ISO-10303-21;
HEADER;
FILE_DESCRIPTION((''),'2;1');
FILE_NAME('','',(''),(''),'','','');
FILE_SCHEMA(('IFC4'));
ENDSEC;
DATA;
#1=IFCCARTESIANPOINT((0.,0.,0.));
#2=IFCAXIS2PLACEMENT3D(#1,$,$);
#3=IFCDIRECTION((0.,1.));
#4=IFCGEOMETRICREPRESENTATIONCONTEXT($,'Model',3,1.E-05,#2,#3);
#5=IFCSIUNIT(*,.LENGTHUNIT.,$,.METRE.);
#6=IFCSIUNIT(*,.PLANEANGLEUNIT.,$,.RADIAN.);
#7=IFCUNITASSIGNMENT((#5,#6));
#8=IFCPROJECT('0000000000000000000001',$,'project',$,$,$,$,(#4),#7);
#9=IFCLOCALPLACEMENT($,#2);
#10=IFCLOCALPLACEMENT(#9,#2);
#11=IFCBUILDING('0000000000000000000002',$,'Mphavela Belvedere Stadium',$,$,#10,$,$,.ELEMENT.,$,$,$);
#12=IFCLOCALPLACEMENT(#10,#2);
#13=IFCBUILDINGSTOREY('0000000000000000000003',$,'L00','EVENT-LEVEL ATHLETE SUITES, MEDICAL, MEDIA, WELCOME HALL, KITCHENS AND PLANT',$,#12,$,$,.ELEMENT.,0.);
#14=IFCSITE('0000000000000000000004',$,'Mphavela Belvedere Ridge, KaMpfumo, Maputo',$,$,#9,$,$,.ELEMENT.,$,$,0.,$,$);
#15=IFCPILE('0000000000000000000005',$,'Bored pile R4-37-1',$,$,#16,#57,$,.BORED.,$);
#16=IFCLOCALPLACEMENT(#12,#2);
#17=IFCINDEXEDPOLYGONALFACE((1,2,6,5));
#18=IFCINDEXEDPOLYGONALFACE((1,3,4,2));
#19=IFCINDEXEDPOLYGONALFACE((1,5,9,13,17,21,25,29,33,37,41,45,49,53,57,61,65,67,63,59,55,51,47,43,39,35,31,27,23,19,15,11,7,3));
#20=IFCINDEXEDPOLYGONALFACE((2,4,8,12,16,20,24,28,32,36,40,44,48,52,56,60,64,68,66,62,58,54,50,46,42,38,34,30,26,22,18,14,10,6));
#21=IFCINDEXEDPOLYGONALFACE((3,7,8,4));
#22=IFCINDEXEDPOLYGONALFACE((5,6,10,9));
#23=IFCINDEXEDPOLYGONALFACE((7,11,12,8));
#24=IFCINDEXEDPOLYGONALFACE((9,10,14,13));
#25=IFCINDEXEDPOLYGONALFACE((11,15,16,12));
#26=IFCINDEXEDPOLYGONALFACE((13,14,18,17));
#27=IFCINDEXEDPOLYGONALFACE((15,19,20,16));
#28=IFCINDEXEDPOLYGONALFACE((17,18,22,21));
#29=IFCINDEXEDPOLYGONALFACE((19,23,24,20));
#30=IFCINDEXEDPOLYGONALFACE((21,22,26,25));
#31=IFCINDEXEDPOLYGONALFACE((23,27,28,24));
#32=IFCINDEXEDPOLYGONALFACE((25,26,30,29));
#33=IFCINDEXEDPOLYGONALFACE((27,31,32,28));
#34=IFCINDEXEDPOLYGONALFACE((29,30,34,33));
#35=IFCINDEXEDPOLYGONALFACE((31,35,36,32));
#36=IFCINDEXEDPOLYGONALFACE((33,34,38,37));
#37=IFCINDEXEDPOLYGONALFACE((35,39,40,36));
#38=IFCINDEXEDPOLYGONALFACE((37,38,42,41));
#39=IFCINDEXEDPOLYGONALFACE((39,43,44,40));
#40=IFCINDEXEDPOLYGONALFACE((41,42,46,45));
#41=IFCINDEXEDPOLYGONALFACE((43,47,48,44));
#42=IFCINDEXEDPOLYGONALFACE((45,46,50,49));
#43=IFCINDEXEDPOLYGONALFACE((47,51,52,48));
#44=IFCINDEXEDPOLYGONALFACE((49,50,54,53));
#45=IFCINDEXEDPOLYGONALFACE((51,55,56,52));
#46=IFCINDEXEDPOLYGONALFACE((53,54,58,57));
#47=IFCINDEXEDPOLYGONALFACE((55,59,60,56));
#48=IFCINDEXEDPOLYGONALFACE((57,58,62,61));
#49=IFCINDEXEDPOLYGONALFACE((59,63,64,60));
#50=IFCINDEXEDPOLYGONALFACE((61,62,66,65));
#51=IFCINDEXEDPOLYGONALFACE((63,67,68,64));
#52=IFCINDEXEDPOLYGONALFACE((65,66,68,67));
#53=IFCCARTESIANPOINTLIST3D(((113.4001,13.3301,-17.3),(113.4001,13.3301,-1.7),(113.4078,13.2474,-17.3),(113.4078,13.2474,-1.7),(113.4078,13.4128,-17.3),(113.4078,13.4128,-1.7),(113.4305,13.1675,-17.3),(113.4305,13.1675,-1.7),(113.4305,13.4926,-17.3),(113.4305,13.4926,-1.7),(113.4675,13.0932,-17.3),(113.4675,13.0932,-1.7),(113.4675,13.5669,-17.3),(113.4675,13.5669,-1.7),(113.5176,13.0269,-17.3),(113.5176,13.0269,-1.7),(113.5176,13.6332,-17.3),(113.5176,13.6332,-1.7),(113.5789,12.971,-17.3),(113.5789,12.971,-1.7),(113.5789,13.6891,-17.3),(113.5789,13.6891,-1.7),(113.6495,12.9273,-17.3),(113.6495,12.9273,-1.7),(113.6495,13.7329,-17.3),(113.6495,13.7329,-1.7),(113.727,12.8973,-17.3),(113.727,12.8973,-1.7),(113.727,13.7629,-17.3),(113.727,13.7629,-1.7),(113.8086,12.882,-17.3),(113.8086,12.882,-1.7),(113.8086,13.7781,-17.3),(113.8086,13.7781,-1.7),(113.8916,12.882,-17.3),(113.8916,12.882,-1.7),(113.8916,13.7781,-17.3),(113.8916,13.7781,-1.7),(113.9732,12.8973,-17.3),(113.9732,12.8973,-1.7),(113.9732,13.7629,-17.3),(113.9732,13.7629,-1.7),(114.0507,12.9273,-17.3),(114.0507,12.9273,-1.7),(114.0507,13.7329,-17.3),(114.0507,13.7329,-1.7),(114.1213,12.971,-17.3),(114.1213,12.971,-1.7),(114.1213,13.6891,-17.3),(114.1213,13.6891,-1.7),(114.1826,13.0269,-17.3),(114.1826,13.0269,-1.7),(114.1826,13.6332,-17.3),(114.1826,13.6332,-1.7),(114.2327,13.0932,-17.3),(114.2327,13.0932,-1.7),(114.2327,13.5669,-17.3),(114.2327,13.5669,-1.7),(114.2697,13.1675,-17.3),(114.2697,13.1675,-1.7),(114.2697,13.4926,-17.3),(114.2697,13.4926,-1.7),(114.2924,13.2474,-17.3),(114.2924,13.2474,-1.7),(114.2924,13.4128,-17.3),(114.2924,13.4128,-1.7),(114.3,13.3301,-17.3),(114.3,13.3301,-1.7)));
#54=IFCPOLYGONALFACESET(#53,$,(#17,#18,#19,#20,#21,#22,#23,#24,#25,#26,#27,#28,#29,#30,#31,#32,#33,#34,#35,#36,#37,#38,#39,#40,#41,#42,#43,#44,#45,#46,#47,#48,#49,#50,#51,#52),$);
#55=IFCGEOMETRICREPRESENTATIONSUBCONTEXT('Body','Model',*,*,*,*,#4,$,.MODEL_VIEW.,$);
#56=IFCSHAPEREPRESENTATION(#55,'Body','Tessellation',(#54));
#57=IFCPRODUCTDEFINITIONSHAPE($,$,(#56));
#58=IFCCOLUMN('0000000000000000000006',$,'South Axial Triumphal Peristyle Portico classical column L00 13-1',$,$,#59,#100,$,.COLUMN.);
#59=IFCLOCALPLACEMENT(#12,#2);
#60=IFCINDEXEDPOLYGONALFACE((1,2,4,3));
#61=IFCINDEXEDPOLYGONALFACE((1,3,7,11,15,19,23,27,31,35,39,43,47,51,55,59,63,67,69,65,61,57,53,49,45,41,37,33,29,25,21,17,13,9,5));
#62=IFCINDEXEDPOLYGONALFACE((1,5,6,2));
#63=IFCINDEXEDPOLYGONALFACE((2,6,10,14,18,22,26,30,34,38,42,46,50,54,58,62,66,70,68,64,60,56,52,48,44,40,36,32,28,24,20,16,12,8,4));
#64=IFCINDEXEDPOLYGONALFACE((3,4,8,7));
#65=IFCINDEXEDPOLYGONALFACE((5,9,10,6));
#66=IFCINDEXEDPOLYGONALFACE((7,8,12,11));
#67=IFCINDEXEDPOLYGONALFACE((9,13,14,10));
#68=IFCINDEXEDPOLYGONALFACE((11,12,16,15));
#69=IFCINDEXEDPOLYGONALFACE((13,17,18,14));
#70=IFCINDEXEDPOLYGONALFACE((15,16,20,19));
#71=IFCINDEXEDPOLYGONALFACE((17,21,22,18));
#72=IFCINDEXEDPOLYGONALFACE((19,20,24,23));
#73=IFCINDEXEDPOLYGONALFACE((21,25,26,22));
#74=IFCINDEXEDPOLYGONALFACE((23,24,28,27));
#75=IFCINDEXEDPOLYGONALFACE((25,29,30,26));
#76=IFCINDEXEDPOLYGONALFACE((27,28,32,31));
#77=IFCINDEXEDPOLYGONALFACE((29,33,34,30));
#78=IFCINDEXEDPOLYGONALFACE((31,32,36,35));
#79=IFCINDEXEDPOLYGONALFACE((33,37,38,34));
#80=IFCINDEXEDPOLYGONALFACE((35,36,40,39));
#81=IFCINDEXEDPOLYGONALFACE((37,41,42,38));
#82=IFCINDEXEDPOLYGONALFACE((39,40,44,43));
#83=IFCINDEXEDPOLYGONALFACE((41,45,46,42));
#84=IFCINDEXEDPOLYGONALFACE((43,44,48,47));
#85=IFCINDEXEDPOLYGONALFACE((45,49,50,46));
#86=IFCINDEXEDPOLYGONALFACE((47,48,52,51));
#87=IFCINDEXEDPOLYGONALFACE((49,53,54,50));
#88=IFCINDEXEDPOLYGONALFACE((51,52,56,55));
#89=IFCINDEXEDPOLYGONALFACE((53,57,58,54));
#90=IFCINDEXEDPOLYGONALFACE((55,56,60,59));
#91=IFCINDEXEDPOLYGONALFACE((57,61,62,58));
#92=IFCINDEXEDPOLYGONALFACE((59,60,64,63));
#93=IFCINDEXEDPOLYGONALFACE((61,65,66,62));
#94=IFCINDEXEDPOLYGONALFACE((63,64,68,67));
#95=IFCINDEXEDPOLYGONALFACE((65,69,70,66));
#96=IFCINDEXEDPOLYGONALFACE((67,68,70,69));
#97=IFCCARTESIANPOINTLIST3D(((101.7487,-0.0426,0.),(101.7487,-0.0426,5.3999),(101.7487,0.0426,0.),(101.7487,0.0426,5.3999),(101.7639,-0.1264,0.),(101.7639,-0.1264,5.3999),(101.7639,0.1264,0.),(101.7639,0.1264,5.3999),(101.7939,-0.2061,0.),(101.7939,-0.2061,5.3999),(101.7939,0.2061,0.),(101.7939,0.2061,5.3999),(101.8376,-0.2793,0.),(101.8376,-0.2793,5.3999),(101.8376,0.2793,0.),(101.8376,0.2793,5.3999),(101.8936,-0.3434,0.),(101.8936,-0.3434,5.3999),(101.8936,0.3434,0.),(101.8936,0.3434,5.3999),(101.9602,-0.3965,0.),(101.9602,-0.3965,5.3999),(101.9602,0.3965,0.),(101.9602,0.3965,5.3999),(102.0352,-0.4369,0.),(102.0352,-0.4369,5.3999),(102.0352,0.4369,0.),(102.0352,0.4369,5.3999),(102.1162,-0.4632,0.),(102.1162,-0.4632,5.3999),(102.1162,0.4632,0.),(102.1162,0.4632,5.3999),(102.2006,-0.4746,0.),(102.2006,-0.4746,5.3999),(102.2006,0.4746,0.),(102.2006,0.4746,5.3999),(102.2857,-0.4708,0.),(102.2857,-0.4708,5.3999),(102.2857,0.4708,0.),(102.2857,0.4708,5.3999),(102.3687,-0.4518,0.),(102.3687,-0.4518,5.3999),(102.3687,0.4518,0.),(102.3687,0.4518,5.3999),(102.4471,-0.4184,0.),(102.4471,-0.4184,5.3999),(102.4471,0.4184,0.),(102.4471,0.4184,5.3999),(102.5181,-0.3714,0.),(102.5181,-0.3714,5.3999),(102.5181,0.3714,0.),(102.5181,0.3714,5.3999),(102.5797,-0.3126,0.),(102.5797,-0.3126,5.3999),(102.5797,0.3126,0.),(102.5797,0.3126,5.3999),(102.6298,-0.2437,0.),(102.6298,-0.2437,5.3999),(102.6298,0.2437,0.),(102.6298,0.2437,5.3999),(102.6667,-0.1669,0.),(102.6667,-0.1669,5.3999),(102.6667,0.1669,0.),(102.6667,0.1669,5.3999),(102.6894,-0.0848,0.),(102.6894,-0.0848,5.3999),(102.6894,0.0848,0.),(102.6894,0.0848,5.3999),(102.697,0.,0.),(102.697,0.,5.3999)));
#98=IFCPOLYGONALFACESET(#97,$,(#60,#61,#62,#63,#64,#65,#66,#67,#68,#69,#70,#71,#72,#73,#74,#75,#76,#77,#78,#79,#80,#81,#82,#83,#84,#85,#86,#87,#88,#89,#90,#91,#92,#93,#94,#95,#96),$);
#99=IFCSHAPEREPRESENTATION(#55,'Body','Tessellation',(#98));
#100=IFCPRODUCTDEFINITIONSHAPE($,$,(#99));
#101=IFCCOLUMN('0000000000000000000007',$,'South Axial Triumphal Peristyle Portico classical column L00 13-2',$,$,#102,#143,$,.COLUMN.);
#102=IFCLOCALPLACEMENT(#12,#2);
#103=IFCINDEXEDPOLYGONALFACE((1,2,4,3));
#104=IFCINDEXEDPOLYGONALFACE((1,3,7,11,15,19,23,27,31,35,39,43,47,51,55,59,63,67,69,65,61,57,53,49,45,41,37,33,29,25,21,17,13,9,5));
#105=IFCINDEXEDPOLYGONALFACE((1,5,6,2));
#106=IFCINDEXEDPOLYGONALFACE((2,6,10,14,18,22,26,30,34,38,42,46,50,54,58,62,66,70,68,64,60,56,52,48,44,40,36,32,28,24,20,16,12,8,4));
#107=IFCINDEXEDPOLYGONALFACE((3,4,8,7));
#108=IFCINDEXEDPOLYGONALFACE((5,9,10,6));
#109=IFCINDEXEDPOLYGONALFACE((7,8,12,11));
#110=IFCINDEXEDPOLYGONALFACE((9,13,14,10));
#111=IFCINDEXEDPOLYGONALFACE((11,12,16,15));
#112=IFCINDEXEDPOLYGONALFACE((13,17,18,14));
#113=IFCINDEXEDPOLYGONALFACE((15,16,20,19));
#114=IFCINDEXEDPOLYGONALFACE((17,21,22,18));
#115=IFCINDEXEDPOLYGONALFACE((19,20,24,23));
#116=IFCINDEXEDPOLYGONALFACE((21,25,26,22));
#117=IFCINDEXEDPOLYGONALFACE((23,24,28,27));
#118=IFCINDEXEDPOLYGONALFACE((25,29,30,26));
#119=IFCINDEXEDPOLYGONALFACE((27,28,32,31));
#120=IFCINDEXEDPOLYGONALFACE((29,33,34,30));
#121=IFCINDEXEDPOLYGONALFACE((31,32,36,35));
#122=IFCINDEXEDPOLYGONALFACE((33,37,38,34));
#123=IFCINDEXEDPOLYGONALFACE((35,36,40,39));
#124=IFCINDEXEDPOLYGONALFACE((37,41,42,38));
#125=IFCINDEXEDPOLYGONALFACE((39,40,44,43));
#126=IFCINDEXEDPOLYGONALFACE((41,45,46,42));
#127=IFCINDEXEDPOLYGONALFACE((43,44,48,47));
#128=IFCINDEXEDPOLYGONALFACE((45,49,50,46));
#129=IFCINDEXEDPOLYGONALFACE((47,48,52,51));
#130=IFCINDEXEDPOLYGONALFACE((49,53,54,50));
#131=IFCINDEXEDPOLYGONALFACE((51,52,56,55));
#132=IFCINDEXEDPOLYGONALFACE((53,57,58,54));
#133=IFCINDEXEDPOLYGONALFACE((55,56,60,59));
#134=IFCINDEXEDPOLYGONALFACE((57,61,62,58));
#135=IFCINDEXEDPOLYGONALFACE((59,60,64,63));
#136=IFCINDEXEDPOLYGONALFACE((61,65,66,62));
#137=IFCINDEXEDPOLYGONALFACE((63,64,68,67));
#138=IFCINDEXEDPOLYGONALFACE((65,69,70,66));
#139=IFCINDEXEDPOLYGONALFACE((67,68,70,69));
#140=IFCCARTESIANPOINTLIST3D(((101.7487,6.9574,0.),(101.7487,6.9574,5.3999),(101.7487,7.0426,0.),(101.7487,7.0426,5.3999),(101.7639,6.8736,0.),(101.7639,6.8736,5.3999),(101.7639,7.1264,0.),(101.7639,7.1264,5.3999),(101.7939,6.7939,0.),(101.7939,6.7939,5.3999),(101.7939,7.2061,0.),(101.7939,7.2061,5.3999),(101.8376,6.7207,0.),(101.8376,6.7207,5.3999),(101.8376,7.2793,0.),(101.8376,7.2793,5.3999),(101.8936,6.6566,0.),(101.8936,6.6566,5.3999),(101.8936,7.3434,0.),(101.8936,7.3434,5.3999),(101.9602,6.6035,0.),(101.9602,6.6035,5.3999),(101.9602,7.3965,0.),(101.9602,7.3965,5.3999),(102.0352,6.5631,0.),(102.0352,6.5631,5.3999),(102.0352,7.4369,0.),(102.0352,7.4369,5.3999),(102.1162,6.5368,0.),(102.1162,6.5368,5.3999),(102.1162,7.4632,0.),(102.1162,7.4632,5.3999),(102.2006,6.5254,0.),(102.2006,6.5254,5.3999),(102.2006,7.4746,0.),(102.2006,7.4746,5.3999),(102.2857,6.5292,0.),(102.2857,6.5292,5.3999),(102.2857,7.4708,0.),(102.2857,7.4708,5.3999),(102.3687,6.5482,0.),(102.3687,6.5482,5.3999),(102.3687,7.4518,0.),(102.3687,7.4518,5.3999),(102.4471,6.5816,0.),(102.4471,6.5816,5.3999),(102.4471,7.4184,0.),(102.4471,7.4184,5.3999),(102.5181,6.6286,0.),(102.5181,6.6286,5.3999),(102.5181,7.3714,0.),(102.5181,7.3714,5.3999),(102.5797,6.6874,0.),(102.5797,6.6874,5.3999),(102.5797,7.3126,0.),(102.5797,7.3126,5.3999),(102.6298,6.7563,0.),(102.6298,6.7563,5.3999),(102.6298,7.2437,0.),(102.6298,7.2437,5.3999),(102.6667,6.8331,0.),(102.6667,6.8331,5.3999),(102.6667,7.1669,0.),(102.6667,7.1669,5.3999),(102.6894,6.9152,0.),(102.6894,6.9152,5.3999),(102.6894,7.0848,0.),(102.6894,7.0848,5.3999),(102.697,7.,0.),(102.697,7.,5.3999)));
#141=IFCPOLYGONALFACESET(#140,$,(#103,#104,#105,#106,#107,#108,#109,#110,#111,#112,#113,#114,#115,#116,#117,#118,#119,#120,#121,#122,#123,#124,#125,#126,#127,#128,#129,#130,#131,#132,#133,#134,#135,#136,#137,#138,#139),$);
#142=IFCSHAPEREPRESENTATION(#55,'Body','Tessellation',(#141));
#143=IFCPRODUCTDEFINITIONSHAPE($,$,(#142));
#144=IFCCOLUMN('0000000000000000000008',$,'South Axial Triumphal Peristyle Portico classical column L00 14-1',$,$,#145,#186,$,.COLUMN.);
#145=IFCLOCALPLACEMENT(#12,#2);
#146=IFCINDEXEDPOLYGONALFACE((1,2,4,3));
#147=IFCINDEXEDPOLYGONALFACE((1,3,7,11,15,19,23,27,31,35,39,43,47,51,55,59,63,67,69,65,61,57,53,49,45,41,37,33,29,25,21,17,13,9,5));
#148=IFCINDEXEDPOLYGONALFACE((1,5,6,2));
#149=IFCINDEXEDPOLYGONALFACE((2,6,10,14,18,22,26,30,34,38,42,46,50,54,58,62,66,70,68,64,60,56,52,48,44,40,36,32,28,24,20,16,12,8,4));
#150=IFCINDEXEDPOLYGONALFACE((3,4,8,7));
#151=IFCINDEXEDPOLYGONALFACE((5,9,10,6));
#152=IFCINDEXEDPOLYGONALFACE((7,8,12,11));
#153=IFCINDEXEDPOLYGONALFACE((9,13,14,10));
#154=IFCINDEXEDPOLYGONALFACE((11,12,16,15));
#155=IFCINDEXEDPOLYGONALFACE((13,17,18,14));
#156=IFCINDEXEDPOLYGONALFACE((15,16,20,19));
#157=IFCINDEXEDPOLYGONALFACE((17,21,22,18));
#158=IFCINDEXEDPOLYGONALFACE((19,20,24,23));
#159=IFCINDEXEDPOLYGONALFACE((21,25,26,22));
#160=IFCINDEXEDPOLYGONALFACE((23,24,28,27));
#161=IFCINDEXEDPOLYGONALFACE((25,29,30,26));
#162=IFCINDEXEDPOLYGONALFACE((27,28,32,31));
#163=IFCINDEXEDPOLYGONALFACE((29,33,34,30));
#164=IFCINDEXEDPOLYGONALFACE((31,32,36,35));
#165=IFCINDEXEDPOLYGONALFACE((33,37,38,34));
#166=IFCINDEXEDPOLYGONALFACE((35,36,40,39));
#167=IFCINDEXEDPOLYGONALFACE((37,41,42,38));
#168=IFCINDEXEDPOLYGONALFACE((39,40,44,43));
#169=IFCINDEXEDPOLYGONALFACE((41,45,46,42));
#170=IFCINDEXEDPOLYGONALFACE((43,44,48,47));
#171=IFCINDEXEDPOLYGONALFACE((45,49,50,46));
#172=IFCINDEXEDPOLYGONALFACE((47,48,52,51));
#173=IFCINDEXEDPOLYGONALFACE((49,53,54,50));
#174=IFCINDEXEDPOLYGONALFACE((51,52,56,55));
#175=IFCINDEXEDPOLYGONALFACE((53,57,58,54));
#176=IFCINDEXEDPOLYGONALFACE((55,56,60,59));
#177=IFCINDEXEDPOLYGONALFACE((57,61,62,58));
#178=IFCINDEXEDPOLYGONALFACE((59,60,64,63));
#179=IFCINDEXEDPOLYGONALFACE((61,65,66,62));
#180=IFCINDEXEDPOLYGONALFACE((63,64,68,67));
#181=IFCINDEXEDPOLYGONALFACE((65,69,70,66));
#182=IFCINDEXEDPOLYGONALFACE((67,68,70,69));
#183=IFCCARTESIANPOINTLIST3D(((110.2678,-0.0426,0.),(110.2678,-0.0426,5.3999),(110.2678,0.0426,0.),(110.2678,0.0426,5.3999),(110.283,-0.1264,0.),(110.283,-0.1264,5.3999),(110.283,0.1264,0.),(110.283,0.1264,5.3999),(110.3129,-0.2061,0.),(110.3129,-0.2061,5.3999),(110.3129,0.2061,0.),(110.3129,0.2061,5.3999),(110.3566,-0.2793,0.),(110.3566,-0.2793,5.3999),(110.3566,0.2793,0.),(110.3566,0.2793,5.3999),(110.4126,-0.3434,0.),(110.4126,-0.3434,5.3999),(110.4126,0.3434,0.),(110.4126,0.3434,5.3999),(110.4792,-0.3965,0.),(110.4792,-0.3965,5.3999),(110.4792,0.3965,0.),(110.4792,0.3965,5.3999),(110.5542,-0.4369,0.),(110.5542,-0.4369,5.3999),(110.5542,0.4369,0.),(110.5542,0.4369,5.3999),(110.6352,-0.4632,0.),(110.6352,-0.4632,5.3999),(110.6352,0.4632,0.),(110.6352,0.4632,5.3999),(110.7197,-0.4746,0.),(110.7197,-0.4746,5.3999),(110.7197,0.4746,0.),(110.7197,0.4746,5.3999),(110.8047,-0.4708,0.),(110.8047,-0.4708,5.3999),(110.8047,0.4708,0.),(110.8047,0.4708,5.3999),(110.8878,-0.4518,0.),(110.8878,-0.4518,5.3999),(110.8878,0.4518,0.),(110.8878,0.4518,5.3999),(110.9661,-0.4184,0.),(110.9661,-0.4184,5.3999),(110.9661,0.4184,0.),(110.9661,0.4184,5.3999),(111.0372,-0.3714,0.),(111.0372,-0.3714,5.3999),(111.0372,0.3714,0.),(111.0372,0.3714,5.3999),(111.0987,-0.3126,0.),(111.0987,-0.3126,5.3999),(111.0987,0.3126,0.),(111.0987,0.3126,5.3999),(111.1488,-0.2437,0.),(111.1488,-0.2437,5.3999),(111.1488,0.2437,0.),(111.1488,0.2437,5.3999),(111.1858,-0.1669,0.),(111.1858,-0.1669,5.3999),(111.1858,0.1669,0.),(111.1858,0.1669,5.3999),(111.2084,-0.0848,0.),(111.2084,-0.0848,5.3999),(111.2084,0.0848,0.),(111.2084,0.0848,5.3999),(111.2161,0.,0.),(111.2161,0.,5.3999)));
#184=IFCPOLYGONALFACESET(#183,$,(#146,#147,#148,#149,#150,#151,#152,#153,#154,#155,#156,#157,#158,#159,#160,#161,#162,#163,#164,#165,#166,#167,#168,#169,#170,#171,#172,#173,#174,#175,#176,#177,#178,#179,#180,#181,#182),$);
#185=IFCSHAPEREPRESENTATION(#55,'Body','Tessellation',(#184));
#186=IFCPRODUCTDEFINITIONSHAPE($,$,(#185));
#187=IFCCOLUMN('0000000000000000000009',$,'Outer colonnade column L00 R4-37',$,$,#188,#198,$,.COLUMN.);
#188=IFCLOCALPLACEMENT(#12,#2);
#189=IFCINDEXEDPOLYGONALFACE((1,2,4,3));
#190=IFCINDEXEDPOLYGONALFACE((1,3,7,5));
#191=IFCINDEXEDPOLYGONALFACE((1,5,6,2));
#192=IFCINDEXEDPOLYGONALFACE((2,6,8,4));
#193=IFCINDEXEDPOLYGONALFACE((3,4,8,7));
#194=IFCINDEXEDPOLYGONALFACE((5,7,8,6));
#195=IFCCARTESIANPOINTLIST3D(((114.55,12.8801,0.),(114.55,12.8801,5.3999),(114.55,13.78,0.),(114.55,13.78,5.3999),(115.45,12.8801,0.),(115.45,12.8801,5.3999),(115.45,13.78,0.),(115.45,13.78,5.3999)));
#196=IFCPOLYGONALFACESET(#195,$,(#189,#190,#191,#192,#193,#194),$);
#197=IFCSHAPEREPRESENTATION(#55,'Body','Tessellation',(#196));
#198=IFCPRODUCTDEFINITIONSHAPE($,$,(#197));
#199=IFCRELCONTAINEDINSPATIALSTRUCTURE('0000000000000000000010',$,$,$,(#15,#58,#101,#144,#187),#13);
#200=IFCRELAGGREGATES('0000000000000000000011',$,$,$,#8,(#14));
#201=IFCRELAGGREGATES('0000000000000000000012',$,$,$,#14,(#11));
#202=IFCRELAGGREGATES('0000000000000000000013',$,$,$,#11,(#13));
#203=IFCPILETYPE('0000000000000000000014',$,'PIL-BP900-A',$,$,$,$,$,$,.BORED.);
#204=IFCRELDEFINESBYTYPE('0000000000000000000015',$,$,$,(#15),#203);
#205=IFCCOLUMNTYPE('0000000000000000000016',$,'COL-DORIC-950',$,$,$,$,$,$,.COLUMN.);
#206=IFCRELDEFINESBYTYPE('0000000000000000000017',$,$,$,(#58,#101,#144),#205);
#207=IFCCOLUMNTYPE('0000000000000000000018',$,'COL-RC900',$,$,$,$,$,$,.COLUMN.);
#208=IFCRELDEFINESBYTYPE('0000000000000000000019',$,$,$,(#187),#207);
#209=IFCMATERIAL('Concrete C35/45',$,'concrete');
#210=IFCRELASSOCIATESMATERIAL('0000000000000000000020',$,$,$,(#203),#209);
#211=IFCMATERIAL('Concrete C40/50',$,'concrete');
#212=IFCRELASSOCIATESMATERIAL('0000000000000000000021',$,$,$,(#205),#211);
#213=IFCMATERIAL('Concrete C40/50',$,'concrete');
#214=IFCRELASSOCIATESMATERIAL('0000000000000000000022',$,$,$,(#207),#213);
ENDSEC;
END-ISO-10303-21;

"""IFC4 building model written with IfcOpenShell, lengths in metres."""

from ifc_helpers import new_model, si_unit, direction, frame, origin, origin_2d, place, context, subcontext, project, spatial, rectangle, circle, extrude, material, material_profile, profile_set, type_object, element, save


model = new_model("IFC4")

# Units and contexts
model_context = context("Model", 3, precision=1e-05, world=origin(), true_north=direction((0.0, 1.0)))
body_context = subcontext(model_context, "Body", "Model", "MODEL_VIEW")
ifc_project = project(units=[si_unit("LENGTHUNIT", "METRE"), si_unit("PLANEANGLEUNIT", "RADIAN")], contexts=[model_context])

# Site, building, storey
site_placement = place(None, origin())
site = spatial("IfcSite", under=ifc_project, at=site_placement, Name="Mphavela Belvedere Ridge, KaMpfumo, Maputo", CompositionType="ELEMENT", RefElevation=0.0)
building_placement = place(site_placement, origin())
building = spatial("IfcBuilding", under=site, at=building_placement, Name="Mphavela Belvedere Stadium", CompositionType="ELEMENT")
storey_placement = place(building_placement, origin())
storey = spatial("IfcBuildingStorey", under=building, at=storey_placement, Name="L00", Description="EVENT-LEVEL ATHLETE SUITES, MEDICAL, MEDIA, WELCOME HALL, KITCHENS AND PLANT", CompositionType="ELEMENT", Elevation=0.0)

# Pile
ifc_material_1 = material(Name="Concrete C35/45", Category="concrete")
ifc_material_profile_1 = material_profile(ifc_material_1, circle(Radius=0.45, at=origin_2d()), Name="BP D900")
ifc_profile_set_1 = profile_set([ifc_material_profile_1], Name="Concrete C35/45")
pile_type_1 = type_object("IfcPileType", Name="PIL-BP900-A", PredefinedType="BORED", material=ifc_profile_set_1)
pile_placement = place(storey_placement, frame((113.8501, 13.3301, -1.7), z_axis=(0.0, 0.0, -1.0), x_axis=(1.0, 0.0, 0.0)))
element("IfcPile", 1, at=pile_placement, inside=storey, type_object=pile_type_1, Name="Bored pile R4-37-1", PredefinedType="BORED", context=body_context, shape_type="SweptSolid", body=[
    extrude(circle(Radius=0.45, at=origin_2d()), origin(), (0.0, 0.0, 1.0), 15.6001),
])

# Columns
ifc_material_2 = material(Name="Concrete C40/50", Category="concrete")
ifc_material_profile_2 = material_profile(ifc_material_2, circle(Radius=0.4751, at=origin_2d()), Name="COL D950")
ifc_profile_set_2 = profile_set([ifc_material_profile_2], Name="Concrete C40/50")
column_type_1 = type_object("IfcColumnType", Name="COL-DORIC-950", PredefinedType="COLUMN", material=ifc_profile_set_2)
for number, where, z_axis, x_axis, name in (
    (2, (102.2219, 0.0, 0.0), (0.0, 0.0, 1.0), (1.0, 0.0, 0.0), "South Axial Triumphal Peristyle Portico classical column L00 13-1"),
    (3, (102.2219, 7.0, 0.0), (0.0, 0.0, 1.0), (1.0, 0.0, 0.0), "South Axial Triumphal Peristyle Portico classical column L00 13-2"),
    (4, (110.741, 0.0, 0.0), (0.0, 0.0, 1.0), (1.0, 0.0, 0.0), "South Axial Triumphal Peristyle Portico classical column L00 14-1"),
):
    element("IfcColumn", number, at=place(storey_placement, frame(where, z_axis=z_axis, x_axis=x_axis)), inside=storey, type_object=column_type_1, Name=name, PredefinedType="COLUMN", context=body_context, shape_type="SweptSolid", body=[
        extrude(circle(Radius=0.4751, at=origin_2d()), origin(), (0.0, 0.0, 1.0), 5.3999),
    ])
ifc_material_3 = material(Name="Concrete C40/50", Category="concrete")
ifc_material_profile_3 = material_profile(ifc_material_3, rectangle(XDim=0.8999, YDim=0.8999, at=origin_2d()), Name="RC 900x900")
ifc_profile_set_3 = profile_set([ifc_material_profile_3], Name="Concrete C40/50")
column_type_2 = type_object("IfcColumnType", Name="COL-RC900", PredefinedType="COLUMN", material=ifc_profile_set_3)
column_1_placement = place(storey_placement, frame((115.0, 13.3301, 0.0), z_axis=(0.0, 0.0, 1.0), x_axis=(0.0, -1.0, 0.0)))
element("IfcColumn", 5, at=column_1_placement, inside=storey, type_object=column_type_2, Name="Outer colonnade column L00 R4-37", PredefinedType="COLUMN", context=body_context, shape_type="SweptSolid", body=[
    extrude(rectangle(XDim=0.8999, YDim=0.8999, at=origin_2d()), origin(), (0.0, 0.0, 1.0), 5.3999),
])

save(model, "model.ifc")
